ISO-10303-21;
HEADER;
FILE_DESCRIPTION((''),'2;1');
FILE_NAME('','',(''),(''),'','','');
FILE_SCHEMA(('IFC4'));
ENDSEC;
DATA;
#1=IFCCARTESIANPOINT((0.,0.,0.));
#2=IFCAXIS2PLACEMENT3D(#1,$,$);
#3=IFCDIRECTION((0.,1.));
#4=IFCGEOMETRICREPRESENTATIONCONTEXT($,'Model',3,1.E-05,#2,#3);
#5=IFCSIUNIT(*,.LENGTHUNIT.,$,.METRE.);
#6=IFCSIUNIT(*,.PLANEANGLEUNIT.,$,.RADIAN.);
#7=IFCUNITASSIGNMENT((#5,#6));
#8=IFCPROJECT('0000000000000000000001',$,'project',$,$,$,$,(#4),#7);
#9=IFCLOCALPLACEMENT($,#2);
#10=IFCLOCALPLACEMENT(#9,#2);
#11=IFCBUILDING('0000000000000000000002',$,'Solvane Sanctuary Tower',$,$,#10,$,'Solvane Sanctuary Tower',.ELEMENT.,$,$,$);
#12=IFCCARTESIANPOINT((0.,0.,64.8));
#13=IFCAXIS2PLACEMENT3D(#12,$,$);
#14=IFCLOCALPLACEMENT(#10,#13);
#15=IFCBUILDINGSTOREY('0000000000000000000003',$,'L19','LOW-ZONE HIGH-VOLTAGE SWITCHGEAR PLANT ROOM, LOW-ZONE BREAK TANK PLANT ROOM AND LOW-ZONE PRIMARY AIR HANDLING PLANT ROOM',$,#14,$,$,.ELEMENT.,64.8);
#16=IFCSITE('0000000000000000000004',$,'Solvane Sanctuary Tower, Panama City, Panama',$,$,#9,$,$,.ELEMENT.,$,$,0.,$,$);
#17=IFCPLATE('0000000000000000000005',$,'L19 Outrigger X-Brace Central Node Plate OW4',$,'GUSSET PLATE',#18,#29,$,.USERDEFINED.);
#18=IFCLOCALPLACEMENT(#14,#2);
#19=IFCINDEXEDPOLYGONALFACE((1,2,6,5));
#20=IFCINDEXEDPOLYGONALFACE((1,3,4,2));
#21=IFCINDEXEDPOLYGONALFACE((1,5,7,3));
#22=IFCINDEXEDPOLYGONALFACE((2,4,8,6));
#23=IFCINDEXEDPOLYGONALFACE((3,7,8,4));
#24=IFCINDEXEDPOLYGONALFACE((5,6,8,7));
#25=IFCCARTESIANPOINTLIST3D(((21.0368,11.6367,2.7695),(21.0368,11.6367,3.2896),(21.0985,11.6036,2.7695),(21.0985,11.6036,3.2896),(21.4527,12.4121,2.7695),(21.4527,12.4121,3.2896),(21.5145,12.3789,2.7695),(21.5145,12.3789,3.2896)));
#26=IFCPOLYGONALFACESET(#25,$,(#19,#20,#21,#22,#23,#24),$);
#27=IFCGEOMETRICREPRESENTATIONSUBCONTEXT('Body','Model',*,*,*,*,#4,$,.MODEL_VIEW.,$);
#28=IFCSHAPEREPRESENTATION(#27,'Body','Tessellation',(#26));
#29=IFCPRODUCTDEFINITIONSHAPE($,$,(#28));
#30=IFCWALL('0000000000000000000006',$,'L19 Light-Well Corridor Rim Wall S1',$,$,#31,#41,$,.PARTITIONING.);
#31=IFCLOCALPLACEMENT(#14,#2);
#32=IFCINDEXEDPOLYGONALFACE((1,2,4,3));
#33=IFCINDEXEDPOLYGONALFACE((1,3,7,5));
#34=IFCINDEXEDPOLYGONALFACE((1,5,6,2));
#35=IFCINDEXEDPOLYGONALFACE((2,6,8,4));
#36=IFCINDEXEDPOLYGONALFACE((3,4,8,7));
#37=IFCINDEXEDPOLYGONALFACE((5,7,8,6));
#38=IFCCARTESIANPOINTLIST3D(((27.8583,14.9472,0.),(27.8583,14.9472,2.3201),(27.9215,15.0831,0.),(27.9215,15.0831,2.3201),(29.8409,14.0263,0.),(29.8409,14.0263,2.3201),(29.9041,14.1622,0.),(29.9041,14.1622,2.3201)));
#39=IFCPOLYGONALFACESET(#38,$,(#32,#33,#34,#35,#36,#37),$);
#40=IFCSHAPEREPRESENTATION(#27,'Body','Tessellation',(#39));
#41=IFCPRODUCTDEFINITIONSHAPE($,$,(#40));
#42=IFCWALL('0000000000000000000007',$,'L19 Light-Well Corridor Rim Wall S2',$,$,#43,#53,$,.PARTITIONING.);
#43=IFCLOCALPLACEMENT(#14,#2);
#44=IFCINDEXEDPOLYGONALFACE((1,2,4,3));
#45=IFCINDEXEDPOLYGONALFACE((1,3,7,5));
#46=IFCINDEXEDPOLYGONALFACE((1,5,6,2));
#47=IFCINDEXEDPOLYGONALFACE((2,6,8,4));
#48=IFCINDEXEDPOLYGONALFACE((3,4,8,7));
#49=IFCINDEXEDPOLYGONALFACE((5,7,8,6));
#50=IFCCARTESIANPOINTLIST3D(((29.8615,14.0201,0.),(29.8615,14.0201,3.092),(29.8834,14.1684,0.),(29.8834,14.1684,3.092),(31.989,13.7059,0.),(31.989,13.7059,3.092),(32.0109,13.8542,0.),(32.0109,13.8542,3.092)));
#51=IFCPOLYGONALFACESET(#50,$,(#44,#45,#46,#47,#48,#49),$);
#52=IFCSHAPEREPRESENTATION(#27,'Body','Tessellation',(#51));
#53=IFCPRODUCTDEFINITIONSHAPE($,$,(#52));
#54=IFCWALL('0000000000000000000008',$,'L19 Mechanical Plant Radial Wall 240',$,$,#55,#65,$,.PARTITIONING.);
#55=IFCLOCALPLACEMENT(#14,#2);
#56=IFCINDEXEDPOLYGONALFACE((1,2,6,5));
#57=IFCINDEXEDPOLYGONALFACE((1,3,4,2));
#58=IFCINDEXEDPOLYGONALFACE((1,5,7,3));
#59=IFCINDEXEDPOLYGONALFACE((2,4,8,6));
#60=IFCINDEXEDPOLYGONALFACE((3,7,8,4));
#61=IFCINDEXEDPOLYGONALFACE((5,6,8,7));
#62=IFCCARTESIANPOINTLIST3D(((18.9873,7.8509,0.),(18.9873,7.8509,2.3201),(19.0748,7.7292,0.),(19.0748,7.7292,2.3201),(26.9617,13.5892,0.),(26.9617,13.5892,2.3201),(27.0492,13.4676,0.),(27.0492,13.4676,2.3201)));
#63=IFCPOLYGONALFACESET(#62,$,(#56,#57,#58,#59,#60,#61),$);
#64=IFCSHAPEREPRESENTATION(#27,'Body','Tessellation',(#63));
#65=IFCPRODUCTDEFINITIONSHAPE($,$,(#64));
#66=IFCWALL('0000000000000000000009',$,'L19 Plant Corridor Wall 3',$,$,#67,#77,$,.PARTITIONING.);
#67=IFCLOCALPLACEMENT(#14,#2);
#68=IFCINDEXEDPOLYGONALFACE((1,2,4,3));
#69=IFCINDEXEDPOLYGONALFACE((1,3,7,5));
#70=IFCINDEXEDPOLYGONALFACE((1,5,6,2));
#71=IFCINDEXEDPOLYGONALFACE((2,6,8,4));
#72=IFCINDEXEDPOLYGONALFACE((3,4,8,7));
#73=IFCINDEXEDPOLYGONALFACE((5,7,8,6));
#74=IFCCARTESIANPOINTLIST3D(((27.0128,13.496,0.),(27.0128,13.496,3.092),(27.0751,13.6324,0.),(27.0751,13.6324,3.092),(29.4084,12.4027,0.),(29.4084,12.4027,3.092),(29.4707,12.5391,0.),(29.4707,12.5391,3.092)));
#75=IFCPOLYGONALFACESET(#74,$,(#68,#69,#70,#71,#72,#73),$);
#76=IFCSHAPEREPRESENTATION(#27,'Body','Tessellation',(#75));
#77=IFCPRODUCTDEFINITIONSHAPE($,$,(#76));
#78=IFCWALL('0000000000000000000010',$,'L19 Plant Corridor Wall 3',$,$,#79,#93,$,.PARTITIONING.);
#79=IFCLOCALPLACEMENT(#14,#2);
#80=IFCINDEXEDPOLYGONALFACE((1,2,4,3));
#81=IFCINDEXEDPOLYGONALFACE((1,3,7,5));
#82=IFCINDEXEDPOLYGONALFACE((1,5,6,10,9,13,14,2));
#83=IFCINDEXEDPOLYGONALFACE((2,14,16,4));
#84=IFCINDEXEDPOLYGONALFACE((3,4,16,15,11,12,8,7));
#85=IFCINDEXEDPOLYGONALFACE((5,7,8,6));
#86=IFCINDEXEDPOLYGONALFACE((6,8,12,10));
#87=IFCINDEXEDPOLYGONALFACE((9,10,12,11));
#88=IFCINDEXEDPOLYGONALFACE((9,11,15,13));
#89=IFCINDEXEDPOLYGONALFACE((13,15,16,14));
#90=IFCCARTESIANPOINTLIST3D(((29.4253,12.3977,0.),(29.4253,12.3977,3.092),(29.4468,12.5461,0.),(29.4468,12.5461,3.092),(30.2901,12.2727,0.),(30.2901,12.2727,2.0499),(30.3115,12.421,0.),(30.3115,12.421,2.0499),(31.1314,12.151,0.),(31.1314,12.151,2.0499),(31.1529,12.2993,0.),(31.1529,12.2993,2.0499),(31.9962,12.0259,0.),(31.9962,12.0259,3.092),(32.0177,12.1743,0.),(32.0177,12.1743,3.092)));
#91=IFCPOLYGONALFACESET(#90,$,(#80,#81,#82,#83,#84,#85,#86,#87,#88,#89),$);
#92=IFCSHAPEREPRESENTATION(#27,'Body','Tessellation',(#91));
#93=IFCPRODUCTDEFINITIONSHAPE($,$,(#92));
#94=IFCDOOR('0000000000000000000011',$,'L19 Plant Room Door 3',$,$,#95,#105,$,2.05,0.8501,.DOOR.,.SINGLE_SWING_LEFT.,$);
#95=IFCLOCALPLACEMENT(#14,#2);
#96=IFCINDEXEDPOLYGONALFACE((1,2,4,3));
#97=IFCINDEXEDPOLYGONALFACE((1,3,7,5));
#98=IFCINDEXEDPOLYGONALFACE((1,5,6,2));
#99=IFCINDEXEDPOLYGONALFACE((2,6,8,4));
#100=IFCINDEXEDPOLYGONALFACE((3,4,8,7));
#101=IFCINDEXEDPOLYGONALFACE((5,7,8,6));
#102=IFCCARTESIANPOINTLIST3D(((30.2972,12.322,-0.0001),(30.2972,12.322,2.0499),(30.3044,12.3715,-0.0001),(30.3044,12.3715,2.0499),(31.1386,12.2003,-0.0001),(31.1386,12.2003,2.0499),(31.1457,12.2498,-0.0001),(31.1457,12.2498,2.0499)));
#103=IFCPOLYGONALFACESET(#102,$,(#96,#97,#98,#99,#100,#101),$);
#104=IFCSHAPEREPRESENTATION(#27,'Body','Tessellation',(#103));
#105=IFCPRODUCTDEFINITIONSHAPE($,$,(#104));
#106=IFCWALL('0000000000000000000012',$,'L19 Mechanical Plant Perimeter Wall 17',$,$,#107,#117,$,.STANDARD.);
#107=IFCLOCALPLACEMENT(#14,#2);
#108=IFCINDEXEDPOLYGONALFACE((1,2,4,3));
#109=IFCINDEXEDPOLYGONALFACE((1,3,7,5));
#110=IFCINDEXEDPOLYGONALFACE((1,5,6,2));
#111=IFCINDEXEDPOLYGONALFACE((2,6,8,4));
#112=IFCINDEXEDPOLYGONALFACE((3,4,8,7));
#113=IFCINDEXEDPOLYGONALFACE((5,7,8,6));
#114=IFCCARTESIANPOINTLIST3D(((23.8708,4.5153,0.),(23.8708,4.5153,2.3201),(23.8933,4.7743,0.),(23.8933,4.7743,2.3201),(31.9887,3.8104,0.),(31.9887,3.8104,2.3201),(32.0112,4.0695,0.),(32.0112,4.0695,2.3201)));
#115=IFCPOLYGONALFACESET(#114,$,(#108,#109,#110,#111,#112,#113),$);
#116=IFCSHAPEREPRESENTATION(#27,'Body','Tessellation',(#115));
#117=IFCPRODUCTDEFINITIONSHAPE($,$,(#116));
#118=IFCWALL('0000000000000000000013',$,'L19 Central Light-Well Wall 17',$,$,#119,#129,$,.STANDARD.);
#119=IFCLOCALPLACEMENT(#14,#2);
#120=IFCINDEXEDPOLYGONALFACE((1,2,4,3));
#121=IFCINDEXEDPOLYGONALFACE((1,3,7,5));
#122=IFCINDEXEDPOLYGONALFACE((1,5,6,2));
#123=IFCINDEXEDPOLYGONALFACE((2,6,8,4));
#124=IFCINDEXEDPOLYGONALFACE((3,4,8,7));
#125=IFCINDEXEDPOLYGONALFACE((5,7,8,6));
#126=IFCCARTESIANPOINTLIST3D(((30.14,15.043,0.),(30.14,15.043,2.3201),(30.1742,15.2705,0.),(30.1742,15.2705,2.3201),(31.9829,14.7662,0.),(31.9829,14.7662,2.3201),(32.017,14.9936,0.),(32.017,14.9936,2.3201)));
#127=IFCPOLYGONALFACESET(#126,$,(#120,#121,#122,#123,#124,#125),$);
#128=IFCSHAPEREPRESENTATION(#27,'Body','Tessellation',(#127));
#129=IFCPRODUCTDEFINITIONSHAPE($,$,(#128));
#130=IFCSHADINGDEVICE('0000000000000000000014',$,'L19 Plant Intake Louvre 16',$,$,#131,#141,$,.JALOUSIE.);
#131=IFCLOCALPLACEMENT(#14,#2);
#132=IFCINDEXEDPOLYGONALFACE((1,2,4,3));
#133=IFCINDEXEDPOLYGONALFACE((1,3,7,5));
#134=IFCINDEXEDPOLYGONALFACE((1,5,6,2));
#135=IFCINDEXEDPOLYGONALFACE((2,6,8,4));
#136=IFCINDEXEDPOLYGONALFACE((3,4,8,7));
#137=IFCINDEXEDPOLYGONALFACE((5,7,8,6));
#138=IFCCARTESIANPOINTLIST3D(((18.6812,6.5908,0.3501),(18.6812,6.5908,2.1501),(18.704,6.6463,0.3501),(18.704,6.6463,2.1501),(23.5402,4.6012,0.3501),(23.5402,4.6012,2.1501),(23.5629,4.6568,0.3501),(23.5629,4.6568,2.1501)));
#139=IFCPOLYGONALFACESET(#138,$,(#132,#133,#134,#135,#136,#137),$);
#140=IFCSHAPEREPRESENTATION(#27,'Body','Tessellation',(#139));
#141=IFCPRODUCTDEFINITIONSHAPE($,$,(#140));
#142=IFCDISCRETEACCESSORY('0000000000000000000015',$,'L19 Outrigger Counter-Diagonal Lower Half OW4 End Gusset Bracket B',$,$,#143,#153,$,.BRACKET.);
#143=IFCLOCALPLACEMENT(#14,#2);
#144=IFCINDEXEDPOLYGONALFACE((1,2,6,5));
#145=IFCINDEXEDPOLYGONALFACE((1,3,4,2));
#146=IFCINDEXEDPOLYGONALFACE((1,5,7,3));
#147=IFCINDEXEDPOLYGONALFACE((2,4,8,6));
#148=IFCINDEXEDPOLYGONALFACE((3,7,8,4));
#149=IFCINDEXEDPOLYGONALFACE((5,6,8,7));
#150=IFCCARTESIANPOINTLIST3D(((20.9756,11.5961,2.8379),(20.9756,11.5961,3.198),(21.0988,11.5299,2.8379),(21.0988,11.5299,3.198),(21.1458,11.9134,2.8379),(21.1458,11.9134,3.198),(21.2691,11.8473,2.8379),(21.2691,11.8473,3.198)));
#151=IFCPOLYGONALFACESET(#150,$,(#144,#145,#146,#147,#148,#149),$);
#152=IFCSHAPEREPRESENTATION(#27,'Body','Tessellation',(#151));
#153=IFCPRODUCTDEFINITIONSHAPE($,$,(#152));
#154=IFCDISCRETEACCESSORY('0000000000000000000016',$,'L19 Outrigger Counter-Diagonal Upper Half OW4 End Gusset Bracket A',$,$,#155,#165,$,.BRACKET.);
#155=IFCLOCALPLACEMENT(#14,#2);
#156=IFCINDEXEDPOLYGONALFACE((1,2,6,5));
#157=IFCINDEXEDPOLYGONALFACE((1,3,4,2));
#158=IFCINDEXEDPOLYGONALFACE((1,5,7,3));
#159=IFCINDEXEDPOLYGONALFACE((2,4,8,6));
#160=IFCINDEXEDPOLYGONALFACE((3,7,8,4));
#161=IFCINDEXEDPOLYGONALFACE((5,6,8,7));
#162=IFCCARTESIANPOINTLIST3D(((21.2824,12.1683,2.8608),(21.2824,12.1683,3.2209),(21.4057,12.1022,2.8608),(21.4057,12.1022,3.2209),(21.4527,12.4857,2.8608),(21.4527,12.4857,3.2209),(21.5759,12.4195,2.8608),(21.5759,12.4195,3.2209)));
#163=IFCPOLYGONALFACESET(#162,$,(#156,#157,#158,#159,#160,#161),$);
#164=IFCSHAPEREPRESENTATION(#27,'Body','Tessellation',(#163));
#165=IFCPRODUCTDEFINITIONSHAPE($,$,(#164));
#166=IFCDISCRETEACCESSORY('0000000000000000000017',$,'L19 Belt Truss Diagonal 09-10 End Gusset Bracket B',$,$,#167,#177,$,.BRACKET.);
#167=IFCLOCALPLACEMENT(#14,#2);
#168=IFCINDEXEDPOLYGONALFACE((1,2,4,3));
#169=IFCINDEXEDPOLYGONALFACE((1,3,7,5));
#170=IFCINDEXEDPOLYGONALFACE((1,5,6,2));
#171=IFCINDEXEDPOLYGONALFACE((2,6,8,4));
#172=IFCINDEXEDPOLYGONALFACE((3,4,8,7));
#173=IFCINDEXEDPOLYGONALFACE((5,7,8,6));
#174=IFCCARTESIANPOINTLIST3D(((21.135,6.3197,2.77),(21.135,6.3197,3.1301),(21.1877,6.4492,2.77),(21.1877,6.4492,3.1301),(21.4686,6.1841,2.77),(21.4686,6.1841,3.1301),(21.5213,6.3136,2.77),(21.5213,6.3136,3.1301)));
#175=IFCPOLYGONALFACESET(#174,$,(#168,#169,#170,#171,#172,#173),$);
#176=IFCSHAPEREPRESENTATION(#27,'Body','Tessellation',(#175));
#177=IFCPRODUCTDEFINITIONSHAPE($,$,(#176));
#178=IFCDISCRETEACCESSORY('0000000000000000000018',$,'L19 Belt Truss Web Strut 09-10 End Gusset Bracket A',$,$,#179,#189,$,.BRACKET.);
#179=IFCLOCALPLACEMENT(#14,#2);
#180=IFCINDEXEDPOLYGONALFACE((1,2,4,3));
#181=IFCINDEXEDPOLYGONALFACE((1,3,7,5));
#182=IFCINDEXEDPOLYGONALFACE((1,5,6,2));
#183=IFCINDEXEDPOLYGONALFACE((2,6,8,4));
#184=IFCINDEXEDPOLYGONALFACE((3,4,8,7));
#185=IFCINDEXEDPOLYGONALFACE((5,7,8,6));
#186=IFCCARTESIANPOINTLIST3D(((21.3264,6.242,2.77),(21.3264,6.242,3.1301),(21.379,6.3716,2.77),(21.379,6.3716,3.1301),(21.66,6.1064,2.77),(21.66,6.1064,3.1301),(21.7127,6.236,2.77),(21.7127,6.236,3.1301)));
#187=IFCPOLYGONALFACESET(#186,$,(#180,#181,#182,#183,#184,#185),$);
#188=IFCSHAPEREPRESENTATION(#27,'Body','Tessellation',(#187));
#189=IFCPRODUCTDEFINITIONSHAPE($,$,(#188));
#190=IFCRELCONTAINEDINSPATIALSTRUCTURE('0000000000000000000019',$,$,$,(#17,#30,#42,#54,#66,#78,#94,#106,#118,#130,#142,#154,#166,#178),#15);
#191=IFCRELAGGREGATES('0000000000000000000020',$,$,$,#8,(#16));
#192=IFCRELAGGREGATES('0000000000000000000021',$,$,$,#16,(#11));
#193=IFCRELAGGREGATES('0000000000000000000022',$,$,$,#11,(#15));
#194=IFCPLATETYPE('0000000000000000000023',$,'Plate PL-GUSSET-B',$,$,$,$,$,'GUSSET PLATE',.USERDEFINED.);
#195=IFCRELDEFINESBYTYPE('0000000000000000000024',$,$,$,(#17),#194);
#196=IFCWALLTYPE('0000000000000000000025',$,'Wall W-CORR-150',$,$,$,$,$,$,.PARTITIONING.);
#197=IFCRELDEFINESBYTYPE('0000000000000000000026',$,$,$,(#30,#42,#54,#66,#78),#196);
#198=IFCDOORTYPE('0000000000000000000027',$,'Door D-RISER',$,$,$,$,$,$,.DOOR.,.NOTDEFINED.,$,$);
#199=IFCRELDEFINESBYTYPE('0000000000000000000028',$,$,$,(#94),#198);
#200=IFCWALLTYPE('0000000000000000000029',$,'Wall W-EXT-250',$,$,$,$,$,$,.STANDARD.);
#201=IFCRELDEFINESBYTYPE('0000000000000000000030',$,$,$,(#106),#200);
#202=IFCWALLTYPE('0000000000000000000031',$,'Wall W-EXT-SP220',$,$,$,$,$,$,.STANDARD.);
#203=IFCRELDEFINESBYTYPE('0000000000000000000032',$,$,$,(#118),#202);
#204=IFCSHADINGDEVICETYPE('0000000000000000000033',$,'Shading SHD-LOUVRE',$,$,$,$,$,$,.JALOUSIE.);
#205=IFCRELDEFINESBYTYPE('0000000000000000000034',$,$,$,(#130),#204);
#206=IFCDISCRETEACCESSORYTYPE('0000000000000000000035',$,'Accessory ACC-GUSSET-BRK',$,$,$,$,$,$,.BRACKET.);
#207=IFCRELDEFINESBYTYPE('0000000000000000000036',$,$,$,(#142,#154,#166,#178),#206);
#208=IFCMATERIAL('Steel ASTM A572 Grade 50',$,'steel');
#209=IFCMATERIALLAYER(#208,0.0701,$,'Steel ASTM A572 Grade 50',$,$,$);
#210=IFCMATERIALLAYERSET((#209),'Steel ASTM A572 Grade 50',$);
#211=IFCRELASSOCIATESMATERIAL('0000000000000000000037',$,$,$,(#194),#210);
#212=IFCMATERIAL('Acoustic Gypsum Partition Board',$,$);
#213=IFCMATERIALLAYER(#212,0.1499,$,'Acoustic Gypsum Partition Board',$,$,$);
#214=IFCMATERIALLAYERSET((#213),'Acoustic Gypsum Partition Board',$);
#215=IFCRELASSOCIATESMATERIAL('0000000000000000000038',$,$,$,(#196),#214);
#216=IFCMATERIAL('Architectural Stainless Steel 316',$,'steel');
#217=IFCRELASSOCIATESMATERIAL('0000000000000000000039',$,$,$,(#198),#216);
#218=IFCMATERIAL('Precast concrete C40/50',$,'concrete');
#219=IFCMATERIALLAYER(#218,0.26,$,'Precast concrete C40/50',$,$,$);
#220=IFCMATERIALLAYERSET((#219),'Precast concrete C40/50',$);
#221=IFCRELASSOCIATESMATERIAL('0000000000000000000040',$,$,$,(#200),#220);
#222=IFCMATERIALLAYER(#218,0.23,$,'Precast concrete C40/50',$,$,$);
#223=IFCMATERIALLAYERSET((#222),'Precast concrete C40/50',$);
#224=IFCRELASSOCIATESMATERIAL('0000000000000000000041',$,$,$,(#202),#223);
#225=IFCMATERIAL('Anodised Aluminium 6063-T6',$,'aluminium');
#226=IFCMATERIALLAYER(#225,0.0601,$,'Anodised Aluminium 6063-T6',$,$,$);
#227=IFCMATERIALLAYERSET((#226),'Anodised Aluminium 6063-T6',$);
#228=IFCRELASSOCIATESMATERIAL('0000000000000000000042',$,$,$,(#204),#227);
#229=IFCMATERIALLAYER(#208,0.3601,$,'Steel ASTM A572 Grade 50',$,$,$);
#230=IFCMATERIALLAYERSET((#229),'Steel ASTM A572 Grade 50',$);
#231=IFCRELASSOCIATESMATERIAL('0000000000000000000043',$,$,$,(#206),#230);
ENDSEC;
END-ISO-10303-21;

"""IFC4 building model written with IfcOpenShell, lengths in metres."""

from ifc_helpers import new_model, si_unit, direction, frame, frame_2d, origin, origin_2d, place, context, subcontext, project, spatial, rectangle, extrude, material, layer, layer_set, type_object, element, fill, save


model = new_model("IFC4")

# Units and contexts
model_context = context("Model", 3, precision=1e-05, world=origin(), true_north=direction((0.0, 1.0)))
body_context = subcontext(model_context, "Body", "Model", "MODEL_VIEW")
ifc_project = project(units=[si_unit("LENGTHUNIT", "METRE"), si_unit("PLANEANGLEUNIT", "RADIAN")], contexts=[model_context])

# Site, building, storey
site_placement = place(None, origin())
site = spatial("IfcSite", under=ifc_project, at=site_placement, Name="Solvane Sanctuary Tower, Panama City, Panama", CompositionType="ELEMENT", RefElevation=0.0)
building_placement = place(site_placement, origin())
building = spatial("IfcBuilding", under=site, at=building_placement, Name="Solvane Sanctuary Tower", LongName="Solvane Sanctuary Tower", CompositionType="ELEMENT")
storey_placement = place(building_placement, frame((0.0, 0.0, 64.8)))
storey = spatial("IfcBuildingStorey", under=building, at=storey_placement, Name="L19", Description="LOW-ZONE HIGH-VOLTAGE SWITCHGEAR PLANT ROOM, LOW-ZONE BREAK TANK PLANT ROOM AND LOW-ZONE PRIMARY AIR HANDLING PLANT ROOM", CompositionType="ELEMENT", Elevation=64.8)

# Plate
ifc_material_1 = material(Name="Steel ASTM A572 Grade 50", Category="steel")
ifc_layer_1 = layer(ifc_material_1, 0.0701, Name="Steel ASTM A572 Grade 50")
ifc_layer_set_1 = layer_set([ifc_layer_1], Name="Steel ASTM A572 Grade 50")
plate_type = type_object("IfcPlateType", Name="Plate PL-GUSSET-B", ElementType="GUSSET PLATE", PredefinedType="USERDEFINED", material=ifc_layer_set_1)
plate_placement = place(storey_placement, frame((21.2756, 12.0078, 2.7695), z_axis=(0.0, 0.0, 1.0), x_axis=(-0.472705, -0.881221, 0.0)))
element("IfcPlate", 1, at=plate_placement, inside=storey, type_object=plate_type, Name="L19 Outrigger X-Brace Central Node Plate OW4", ObjectType="GUSSET PLATE", PredefinedType="USERDEFINED", context=body_context, shape_type="SweptSolid", body=[
    extrude(rectangle(XDim=0.8799, YDim=0.0701, at=origin_2d()), origin(), (0.0, 0.0, 1.0), 0.52),
])

# Walls
ifc_material_2 = material(Name="Acoustic Gypsum Partition Board")
ifc_layer_2 = layer(ifc_material_2, 0.1499, Name="Acoustic Gypsum Partition Board")
ifc_layer_set_2 = layer_set([ifc_layer_2], Name="Acoustic Gypsum Partition Board")
wall_type_1 = type_object("IfcWallType", Name="Wall W-CORR-150", PredefinedType="PARTITIONING", material=ifc_layer_set_2)
wall_1_placement = place(storey_placement, frame((27.8899, 15.0151, 0.0), z_axis=(0.0, 0.0, 1.0), x_axis=(0.906943, -0.421252, 0.0)))
element("IfcWall", 2, at=wall_1_placement, inside=storey, type_object=wall_type_1, Name="L19 Light-Well Corridor Rim Wall S1", PredefinedType="PARTITIONING", context=body_context, shape_type="SweptSolid", body=[
    extrude(rectangle(XDim=2.186, YDim=0.1499, at=frame_2d((1.093, 0.0))), origin(), (0.0, 0.0, 1.0), 2.3201),
])
wall_2_placement = place(storey_placement, frame((29.8726, 14.0942, 0.0), z_axis=(0.0, 0.0, 1.0), x_axis=(0.989269, -0.146108, 0.0)))
element("IfcWall", 3, at=wall_2_placement, inside=storey, type_object=wall_type_1, Name="L19 Light-Well Corridor Rim Wall S2", PredefinedType="PARTITIONING", context=body_context, shape_type="SweptSolid", body=[
    extrude(rectangle(XDim=2.1506, YDim=0.1499, at=frame_2d((1.0752, 0.0))), origin(), (0.0, 0.0, 1.0), 3.092),
])
wall_3_placement = place(storey_placement, frame((27.0054, 13.5283, 0.0), z_axis=(0.0, 0.0, 1.0), x_axis=(-0.811692, -0.584086, 0.0)))
element("IfcWall", 4, at=wall_3_placement, inside=storey, type_object=wall_type_1, Name="L19 Mechanical Plant Radial Wall 240", PredefinedType="PARTITIONING", context=body_context, shape_type="SweptSolid", body=[
    extrude(rectangle(XDim=9.8245, YDim=0.1499, at=frame_2d((4.9121, 0.0))), origin(), (0.0, 0.0, 1.0), 2.3201),
])
wall_4_placement = place(storey_placement, frame((27.0439, 13.5642, 0.0), z_axis=(0.0, 0.0, 1.0), x_axis=(0.909737, -0.415186, 0.0)))
element("IfcWall", 5, at=wall_4_placement, inside=storey, type_object=wall_type_1, Name="L19 Plant Corridor Wall 3", PredefinedType="PARTITIONING", context=body_context, shape_type="SweptSolid", body=[
    extrude(rectangle(XDim=2.6333, YDim=0.1499, at=frame_2d((1.3167, 0.0))), origin(), (0.0, 0.0, 1.0), 3.092),
])

# Wall, opening, door
wall_5_placement = place(storey_placement, frame((29.436, 12.4719, 0.0), z_axis=(0.0, 0.0, 1.0), x_axis=(0.989702, -0.143145, 0.0)))
wall_5 = element("IfcWall", 6, at=wall_5_placement, inside=storey, type_object=wall_type_1, Name="L19 Plant Corridor Wall 3", PredefinedType="PARTITIONING", context=body_context, shape_type="SweptSolid", body=[
    extrude(rectangle(XDim=2.5977, YDim=0.1499, at=frame_2d((1.2988, 0.0))), origin(), (0.0, 0.0, 1.0), 3.092),
])
opening_placement = place(wall_5_placement, frame((0.8738, 0.0, 0.0)))
opening = element("IfcOpeningElement", 7, at=opening_placement, cuts=wall_5, PredefinedType="OPENING", context=body_context, shape_type="SweptSolid", body=[
    extrude(rectangle(XDim=0.8501, YDim=2.05, at=frame_2d((0.425, 1.0249))), frame((0.0, 0.085, 0.0), z_axis=(0.0, -1.0, 0.0), x_axis=(1.0, 0.0, 0.0)), (0.0, 0.0, 1.0), 0.1699),
])
ifc_material_3 = material(Name="Architectural Stainless Steel 316", Category="steel")
door_type = type_object("IfcDoorType", Name="Door D-RISER", OperationType="NOTDEFINED", PredefinedType="DOOR", material=ifc_material_3)
door_placement = place(opening_placement, origin())
door = element("IfcDoor", 8, at=door_placement, inside=storey, type_object=door_type, Name="L19 Plant Room Door 3", OperationType="SINGLE_SWING_LEFT", OverallHeight=2.05, OverallWidth=0.8501, PredefinedType="DOOR", context=body_context, shape_type="SweptSolid", body=[
    extrude(rectangle(XDim=0.8501, YDim=2.05, at=frame_2d((0.425, 1.0249))), frame((0.0, 0.0249, 0.0), z_axis=(0.0, -1.0, 0.0), x_axis=(1.0, 0.0, 0.0)), (0.0, 0.0, 1.0), 0.05),
])
fill(opening, door)

# Walls
ifc_material_4 = material(Name="Precast concrete C40/50", Category="concrete")
ifc_layer_3 = layer(ifc_material_4, 0.26, Name="Precast concrete C40/50")
ifc_layer_set_3 = layer_set([ifc_layer_3], Name="Precast concrete C40/50")
wall_type_2 = type_object("IfcWallType", Name="Wall W-EXT-250", PredefinedType="STANDARD", material=ifc_layer_set_3)
wall_6_placement = place(storey_placement, frame((23.8821, 4.6448, 0.0), z_axis=(0.0, 0.0, 1.0), x_axis=(0.996252, -0.086499, 0.0)))
element("IfcWall", 9, at=wall_6_placement, inside=storey, type_object=wall_type_2, Name="L19 Mechanical Plant Perimeter Wall 17", PredefinedType="STANDARD", context=body_context, shape_type="SweptSolid", body=[
    extrude(rectangle(XDim=8.1484, YDim=0.26, at=frame_2d((4.0742, 0.0))), origin(), (0.0, 0.0, 1.0), 2.3201),
])
ifc_layer_4 = layer(ifc_material_4, 0.23, Name="Precast concrete C40/50")
ifc_layer_set_4 = layer_set([ifc_layer_4], Name="Precast concrete C40/50")
wall_type_3 = type_object("IfcWallType", Name="Wall W-EXT-SP220", PredefinedType="STANDARD", material=ifc_layer_set_4)
wall_7_placement = place(storey_placement, frame((30.1572, 15.1567, 0.0), z_axis=(0.0, 0.0, 1.0), x_axis=(0.988902, -0.148571, 0.0)))
element("IfcWall", 10, at=wall_7_placement, inside=storey, type_object=wall_type_3, Name="L19 Central Light-Well Wall 17", PredefinedType="STANDARD", context=body_context, shape_type="SweptSolid", body=[
    extrude(rectangle(XDim=1.8635, YDim=0.23, at=frame_2d((0.9316, 0.0))), origin(), (0.0, 0.0, 1.0), 2.3201),
])

# Shading device
ifc_material_5 = material(Name="Anodised Aluminium 6063-T6", Category="aluminium")
ifc_layer_5 = layer(ifc_material_5, 0.0601, Name="Anodised Aluminium 6063-T6")
ifc_layer_set_5 = layer_set([ifc_layer_5], Name="Anodised Aluminium 6063-T6")
shading_device_type = type_object("IfcShadingDeviceType", Name="Shading SHD-LOUVRE", PredefinedType="JALOUSIE", material=ifc_layer_set_5)
shading_device_placement = place(storey_placement, frame((21.1221, 5.6238, 0.3501), z_axis=(0.0, 0.0, 1.0), x_axis=(0.925427, -0.378926, 0.0)))
element("IfcShadingDevice", 11, at=shading_device_placement, inside=storey, type_object=shading_device_type, Name="L19 Plant Intake Louvre 16", PredefinedType="JALOUSIE", context=body_context, shape_type="SweptSolid", body=[
    extrude(rectangle(XDim=5.2505, YDim=0.0601, at=origin_2d()), origin(), (0.0, 0.0, 1.0), 1.8),
])

# Discrete accessories
ifc_layer_6 = layer(ifc_material_1, 0.3601, Name="Steel ASTM A572 Grade 50")
ifc_layer_set_6 = layer_set([ifc_layer_6], Name="Steel ASTM A572 Grade 50")
discrete_accessory_type = type_object("IfcDiscreteAccessoryType", Name="Accessory ACC-GUSSET-BRK", PredefinedType="BRACKET", material=ifc_layer_set_6)
for number, where, z_axis, x_axis, name in (
    (12, (21.1223, 11.7217, 2.8379), (0.0, 0.0, 1.0), (0.472705, 0.881221, 0.0), "L19 Outrigger Counter-Diagonal Lower Half OW4 End Gusset Bracket B"),
    (13, (21.4292, 12.2939, 2.8608), (0.0, 0.0, 1.0), (0.472705, 0.881221, 0.0), "L19 Outrigger Counter-Diagonal Upper Half OW4 End Gusset Bracket A"),
    (14, (21.3281, 6.3167, 2.77), (0.0, 0.0, 1.0), (0.926397, -0.376548, 0.0), "L19 Belt Truss Diagonal 09-10 End Gusset Bracket B"),
    (15, (21.5195, 6.239, 2.77), (0.0, 0.0, 1.0), (0.926463, -0.376386, 0.0), "L19 Belt Truss Web Strut 09-10 End Gusset Bracket A"),
):
    element("IfcDiscreteAccessory", number, at=place(storey_placement, frame(where, z_axis=z_axis, x_axis=x_axis)), inside=storey, type_object=discrete_accessory_type, Name=name, PredefinedType="BRACKET", context=body_context, shape_type="SweptSolid", body=[
        extrude(rectangle(XDim=0.3601, YDim=0.1399, at=origin_2d()), origin(), (0.0, 0.0, 1.0), 0.3601),
    ])

save(model, "model.ifc")
